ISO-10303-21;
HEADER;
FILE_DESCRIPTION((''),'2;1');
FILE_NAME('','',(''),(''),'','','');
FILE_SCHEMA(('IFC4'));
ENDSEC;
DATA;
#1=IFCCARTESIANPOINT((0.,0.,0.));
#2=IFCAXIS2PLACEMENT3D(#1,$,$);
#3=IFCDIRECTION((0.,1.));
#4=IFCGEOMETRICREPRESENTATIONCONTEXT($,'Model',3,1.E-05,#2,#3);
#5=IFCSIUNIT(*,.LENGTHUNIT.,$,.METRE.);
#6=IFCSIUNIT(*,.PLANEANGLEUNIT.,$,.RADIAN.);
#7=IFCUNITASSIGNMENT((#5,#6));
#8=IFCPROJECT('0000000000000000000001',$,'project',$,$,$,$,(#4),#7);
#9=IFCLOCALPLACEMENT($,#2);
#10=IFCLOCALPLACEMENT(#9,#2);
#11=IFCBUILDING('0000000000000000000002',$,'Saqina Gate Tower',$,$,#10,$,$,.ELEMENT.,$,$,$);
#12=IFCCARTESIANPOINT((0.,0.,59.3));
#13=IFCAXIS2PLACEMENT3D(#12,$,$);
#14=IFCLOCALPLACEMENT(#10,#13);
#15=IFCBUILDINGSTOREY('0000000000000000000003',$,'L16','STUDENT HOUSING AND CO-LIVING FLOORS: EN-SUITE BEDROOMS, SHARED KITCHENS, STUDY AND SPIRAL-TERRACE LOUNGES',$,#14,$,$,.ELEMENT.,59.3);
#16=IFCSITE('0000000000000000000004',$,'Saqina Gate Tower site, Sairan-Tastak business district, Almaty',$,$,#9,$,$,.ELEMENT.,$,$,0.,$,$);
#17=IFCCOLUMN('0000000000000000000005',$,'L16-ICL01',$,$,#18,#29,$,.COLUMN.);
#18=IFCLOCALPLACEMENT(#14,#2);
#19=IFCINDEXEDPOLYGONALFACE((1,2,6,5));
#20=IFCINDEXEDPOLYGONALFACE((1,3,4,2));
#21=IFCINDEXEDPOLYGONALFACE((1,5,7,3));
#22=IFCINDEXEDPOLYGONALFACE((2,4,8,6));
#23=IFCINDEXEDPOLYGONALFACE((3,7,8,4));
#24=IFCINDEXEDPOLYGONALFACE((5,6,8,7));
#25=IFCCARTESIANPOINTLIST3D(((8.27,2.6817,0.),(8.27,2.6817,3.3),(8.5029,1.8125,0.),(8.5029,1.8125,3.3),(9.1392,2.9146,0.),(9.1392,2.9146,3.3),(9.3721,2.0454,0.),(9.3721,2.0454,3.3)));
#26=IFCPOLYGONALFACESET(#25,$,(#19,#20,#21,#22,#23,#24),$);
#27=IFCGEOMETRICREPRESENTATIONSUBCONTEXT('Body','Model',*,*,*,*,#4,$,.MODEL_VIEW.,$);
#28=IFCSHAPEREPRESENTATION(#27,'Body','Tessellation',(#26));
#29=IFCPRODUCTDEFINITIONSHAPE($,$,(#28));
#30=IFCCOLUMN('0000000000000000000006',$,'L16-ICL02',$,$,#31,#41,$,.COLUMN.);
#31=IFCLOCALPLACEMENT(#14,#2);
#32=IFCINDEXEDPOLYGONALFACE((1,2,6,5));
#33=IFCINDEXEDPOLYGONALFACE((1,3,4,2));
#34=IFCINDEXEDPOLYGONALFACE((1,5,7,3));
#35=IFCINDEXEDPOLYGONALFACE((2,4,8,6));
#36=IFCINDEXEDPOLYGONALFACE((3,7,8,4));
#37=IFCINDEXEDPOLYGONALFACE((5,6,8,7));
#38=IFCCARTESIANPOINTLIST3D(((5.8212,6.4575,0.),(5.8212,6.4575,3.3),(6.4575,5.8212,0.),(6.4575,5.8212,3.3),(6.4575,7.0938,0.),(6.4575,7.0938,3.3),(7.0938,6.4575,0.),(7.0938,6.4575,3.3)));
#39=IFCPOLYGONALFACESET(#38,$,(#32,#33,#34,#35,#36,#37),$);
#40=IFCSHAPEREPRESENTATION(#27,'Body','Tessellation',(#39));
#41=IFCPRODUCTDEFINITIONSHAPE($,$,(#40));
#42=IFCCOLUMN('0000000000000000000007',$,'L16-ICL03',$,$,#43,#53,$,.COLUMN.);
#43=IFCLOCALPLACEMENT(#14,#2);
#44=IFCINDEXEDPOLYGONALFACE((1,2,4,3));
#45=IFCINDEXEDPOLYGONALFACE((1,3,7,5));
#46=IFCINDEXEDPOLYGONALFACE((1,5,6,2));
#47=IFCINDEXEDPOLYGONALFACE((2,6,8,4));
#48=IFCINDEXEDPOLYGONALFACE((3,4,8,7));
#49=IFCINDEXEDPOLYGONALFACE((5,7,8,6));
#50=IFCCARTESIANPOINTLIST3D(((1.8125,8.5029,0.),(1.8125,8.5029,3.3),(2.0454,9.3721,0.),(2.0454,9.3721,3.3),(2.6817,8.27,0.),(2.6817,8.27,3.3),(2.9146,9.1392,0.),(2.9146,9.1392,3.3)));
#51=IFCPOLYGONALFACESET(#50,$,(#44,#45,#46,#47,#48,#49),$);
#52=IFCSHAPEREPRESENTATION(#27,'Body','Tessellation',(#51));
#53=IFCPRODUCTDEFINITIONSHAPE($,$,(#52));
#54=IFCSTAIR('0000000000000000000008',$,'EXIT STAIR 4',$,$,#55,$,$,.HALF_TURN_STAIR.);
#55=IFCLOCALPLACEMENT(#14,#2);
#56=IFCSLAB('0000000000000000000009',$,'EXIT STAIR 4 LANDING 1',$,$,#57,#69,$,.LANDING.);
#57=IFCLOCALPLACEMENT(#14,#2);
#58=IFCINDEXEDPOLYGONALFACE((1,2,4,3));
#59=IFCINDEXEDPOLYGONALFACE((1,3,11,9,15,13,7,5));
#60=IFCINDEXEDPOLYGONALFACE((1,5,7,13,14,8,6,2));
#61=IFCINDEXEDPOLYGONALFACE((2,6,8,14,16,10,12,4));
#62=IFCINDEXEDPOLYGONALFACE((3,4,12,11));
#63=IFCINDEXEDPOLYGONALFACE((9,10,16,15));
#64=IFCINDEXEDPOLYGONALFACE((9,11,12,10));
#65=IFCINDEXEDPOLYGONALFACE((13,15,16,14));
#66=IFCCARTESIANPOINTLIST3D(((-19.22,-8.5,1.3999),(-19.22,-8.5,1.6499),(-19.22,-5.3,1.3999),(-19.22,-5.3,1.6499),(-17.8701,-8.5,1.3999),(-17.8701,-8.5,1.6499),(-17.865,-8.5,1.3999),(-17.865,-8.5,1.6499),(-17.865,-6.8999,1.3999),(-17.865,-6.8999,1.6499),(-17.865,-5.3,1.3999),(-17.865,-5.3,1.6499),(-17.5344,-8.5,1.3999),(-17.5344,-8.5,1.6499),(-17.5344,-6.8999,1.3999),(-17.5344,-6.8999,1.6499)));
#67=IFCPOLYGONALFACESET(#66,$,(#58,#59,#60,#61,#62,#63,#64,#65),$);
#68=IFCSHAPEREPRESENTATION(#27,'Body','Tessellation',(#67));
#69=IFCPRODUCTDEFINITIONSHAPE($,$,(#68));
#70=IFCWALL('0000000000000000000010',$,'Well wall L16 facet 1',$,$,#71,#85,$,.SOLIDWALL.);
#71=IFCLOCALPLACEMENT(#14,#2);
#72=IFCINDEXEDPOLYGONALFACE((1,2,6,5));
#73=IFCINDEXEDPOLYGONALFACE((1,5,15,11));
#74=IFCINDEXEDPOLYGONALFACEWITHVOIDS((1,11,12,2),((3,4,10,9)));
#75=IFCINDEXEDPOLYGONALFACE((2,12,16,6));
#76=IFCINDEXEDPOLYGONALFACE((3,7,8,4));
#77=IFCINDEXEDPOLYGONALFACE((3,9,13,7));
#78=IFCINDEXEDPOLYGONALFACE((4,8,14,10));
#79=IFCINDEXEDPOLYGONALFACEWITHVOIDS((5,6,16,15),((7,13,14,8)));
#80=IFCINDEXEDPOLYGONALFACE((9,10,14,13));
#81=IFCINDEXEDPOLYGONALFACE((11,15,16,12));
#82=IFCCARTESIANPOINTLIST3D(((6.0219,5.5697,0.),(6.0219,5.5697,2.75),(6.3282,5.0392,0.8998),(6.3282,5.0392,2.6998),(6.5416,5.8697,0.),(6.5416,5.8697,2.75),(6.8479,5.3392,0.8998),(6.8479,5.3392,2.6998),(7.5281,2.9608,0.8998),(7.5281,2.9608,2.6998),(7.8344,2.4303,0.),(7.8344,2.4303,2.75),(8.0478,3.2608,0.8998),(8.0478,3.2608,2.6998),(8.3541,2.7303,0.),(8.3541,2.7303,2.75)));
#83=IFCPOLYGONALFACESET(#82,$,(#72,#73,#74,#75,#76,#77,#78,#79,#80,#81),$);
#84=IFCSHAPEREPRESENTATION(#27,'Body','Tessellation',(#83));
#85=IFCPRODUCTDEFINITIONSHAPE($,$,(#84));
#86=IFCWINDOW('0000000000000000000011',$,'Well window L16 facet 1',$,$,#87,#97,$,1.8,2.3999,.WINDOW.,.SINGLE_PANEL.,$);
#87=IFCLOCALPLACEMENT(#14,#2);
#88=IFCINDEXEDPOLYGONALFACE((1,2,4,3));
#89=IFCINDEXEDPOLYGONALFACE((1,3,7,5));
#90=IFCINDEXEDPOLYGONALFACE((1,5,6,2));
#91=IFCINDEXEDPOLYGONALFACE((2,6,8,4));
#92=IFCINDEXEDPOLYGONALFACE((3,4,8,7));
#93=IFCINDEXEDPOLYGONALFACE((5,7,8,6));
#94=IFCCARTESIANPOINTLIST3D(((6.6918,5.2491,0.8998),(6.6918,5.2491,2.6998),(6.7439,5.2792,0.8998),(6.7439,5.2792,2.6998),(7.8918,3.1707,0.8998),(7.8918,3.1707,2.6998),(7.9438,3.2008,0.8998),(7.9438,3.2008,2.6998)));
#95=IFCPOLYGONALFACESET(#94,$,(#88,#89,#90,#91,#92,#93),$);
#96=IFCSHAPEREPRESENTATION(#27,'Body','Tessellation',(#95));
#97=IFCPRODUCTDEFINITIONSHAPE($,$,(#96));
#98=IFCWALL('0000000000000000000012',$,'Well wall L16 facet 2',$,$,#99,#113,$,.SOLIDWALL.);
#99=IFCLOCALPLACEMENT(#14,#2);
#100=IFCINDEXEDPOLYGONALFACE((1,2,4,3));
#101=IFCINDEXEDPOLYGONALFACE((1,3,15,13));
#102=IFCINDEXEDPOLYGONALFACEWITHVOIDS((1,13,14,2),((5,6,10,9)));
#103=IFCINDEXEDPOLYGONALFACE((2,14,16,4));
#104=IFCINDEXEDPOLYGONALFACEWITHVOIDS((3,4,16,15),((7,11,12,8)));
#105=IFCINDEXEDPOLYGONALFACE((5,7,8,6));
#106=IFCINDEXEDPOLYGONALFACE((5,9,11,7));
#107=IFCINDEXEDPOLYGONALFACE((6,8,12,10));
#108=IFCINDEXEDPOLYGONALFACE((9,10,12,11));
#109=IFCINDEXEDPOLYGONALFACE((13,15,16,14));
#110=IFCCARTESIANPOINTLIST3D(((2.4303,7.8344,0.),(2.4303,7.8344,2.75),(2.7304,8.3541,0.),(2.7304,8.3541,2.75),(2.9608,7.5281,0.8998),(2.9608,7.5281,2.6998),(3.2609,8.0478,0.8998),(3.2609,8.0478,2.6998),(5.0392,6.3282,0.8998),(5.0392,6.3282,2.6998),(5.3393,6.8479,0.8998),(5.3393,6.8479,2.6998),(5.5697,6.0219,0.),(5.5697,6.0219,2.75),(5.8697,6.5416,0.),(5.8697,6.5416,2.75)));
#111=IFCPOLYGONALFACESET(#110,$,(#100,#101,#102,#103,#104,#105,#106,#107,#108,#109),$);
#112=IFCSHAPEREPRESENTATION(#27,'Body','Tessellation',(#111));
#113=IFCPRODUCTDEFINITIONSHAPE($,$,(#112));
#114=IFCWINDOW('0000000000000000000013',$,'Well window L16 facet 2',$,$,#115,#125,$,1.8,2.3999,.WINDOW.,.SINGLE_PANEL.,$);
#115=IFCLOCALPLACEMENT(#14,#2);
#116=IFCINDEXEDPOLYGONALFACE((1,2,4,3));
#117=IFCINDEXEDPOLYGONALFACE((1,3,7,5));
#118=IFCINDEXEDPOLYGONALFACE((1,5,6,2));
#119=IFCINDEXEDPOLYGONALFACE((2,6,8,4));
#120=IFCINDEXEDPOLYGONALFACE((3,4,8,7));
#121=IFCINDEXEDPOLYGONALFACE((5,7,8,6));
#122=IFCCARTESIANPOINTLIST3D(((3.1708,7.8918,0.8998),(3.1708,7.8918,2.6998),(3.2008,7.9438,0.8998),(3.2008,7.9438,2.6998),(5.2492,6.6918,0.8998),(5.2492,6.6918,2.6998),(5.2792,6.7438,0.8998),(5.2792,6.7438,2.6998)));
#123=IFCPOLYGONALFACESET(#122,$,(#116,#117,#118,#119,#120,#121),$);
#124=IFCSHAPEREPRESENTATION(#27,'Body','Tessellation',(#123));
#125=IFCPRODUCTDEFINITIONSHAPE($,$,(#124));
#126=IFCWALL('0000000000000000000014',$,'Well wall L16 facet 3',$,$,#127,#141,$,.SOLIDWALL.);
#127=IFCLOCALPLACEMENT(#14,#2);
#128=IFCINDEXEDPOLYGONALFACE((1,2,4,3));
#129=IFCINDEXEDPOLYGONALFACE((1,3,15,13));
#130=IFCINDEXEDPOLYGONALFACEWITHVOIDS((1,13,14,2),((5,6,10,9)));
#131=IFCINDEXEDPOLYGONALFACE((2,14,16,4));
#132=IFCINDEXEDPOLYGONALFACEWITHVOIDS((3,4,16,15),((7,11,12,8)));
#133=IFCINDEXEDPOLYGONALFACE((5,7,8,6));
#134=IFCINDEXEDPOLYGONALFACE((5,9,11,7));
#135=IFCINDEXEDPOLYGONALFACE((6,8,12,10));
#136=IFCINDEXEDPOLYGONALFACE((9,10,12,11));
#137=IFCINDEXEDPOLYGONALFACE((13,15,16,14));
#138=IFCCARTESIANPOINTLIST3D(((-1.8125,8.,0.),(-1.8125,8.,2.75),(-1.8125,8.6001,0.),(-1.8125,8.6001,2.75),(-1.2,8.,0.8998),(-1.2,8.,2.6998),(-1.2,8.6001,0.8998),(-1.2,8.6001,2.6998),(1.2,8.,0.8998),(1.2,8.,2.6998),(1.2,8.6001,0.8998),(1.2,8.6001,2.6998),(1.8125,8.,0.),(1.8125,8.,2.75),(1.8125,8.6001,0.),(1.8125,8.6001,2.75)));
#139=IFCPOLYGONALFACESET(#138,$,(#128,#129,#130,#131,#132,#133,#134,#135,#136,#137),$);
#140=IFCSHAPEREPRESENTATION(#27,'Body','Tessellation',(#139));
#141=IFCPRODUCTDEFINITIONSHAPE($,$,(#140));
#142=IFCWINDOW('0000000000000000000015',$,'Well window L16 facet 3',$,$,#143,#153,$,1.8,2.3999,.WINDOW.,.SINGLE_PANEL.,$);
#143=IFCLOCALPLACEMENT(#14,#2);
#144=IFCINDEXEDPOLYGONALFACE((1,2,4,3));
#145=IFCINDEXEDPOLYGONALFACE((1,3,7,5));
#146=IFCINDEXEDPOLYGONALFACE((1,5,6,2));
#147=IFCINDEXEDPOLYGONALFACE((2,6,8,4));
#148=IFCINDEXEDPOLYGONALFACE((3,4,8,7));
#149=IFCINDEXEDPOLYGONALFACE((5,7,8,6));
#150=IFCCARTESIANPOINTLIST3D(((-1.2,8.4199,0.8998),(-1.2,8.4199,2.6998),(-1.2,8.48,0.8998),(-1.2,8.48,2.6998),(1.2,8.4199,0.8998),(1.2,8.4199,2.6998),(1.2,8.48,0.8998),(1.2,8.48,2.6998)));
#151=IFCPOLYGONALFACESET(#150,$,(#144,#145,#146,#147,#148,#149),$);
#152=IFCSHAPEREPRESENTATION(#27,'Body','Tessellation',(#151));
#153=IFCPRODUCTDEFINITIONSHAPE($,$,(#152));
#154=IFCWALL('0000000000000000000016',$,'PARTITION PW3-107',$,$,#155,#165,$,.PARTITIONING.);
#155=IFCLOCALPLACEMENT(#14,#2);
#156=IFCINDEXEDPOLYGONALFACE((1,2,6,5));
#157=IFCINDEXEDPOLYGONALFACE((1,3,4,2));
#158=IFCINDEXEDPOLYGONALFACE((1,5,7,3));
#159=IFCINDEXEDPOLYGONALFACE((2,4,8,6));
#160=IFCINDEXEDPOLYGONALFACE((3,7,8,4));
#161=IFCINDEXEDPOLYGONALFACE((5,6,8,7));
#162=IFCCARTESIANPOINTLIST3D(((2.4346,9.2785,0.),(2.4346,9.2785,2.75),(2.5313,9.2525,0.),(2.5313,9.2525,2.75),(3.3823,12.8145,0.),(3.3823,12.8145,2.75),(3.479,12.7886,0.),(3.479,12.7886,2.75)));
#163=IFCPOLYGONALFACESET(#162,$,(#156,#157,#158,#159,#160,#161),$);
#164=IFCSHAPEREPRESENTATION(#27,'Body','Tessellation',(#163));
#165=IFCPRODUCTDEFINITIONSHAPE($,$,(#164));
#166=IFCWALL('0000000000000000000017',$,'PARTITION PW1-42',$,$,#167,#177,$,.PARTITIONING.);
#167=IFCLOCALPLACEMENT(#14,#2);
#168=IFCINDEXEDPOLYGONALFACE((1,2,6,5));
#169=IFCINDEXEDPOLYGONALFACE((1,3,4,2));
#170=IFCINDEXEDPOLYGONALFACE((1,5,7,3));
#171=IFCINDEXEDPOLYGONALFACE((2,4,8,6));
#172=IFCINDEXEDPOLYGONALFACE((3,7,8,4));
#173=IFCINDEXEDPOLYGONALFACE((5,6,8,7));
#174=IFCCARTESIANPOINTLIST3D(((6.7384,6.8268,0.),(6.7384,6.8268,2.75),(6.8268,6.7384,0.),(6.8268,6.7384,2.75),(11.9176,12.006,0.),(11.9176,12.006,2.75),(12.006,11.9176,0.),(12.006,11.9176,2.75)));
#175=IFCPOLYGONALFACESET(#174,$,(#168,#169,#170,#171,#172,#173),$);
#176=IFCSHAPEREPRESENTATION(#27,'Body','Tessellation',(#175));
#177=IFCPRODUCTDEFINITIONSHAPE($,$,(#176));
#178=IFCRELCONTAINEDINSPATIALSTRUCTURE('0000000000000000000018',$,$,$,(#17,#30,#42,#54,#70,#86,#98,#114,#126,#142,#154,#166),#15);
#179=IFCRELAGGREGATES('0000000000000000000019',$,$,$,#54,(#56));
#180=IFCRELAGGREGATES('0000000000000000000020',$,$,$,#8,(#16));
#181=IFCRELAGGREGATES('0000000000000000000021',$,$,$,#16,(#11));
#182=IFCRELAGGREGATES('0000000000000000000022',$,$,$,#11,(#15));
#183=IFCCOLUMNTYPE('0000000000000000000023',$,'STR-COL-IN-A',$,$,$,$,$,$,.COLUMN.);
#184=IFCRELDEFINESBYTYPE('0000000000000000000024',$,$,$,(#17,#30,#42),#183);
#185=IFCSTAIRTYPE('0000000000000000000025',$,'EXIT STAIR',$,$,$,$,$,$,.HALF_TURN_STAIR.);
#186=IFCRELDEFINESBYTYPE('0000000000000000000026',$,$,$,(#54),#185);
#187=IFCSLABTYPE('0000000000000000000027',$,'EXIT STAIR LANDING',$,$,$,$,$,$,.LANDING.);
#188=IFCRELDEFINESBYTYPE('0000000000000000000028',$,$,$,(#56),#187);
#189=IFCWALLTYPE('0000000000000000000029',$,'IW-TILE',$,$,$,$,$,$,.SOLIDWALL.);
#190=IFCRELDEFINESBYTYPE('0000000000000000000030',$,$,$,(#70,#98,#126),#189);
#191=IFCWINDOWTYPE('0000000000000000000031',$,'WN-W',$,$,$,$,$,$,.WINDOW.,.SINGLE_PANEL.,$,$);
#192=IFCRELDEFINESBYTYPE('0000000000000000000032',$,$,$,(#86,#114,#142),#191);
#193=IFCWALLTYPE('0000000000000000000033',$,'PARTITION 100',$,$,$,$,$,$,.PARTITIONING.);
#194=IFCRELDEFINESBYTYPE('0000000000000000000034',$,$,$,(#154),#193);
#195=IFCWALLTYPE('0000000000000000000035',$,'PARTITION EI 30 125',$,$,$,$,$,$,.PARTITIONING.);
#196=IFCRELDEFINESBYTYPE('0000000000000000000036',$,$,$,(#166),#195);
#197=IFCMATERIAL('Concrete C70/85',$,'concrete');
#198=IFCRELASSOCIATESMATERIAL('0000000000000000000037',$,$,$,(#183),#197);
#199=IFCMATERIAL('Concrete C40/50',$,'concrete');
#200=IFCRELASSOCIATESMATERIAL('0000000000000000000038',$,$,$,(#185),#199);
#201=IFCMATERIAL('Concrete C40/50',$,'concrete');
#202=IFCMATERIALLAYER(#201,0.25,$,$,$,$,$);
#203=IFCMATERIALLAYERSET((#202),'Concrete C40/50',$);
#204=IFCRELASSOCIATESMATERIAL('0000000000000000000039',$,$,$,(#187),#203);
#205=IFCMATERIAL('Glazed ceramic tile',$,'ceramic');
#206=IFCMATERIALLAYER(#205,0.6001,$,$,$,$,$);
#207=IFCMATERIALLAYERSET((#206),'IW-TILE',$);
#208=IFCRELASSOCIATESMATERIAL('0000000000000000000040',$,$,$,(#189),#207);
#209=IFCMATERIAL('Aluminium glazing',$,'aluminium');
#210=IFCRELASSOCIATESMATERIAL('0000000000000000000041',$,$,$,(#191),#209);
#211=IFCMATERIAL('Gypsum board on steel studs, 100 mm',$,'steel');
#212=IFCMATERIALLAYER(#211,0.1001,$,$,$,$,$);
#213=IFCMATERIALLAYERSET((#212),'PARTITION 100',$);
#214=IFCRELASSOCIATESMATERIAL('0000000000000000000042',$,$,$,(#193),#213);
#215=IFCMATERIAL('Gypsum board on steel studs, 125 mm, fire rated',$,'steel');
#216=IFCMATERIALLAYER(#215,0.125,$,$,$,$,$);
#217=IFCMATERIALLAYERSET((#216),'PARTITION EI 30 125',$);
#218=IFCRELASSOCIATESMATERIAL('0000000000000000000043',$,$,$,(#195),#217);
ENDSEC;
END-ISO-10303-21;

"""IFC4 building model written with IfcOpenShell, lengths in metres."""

from ifc_helpers import new_model, si_unit, direction, frame, frame_2d, origin, origin_2d, place, context, subcontext, project, spatial, polyline, rectangle, outline, extrude, material, layer, layer_set, material_profile, profile_set, type_object, element, fill, aggregate, save


model = new_model("IFC4")

# Units and contexts
model_context = context("Model", 3, precision=1e-05, world=origin(), true_north=direction((0.0, 1.0)))
body_context = subcontext(model_context, "Body", "Model", "MODEL_VIEW")
ifc_project = project(units=[si_unit("LENGTHUNIT", "METRE"), si_unit("PLANEANGLEUNIT", "RADIAN")], contexts=[model_context])

# Site, building, storey
site_placement = place(None, origin())
site = spatial("IfcSite", under=ifc_project, at=site_placement, Name="Saqina Gate Tower site, Sairan-Tastak business district, Almaty", CompositionType="ELEMENT", RefElevation=0.0)
building_placement = place(site_placement, origin())
building = spatial("IfcBuilding", under=site, at=building_placement, Name="Saqina Gate Tower", CompositionType="ELEMENT")
storey_placement = place(building_placement, frame((0.0, 0.0, 59.3)))
storey = spatial("IfcBuildingStorey", under=building, at=storey_placement, Name="L16", Description="STUDENT HOUSING AND CO-LIVING FLOORS: EN-SUITE BEDROOMS, SHARED KITCHENS, STUDY AND SPIRAL-TERRACE LOUNGES", CompositionType="ELEMENT", Elevation=59.3)

# Columns
ifc_material_1 = material(Name="Concrete C70/85", Category="concrete")
ifc_material_profile = material_profile(ifc_material_1, rectangle(XDim=0.8999, YDim=0.8999, at=origin_2d()), Name="RC 900x900")
ifc_profile_set = profile_set([ifc_material_profile], Name="Concrete C70/85")
column_type = type_object("IfcColumnType", Name="STR-COL-IN-A", PredefinedType="COLUMN", material=ifc_profile_set)
for number, where, z_axis, x_axis, name in (
    (1, (8.821, 2.3635, 0.0), (0.0, 0.0, 1.0), (0.965926, 0.258819, 0.0), "L16-ICL01"),
    (2, (6.4575, 6.4575, 0.0), (0.0, 0.0, 1.0), (0.707107, 0.707107, 0.0), "L16-ICL02"),
    (3, (2.3635, 8.821, 0.0), (0.0, 0.0, 1.0), (0.258819, 0.965926, 0.0), "L16-ICL03"),
):
    element("IfcColumn", number, at=place(storey_placement, frame(where, z_axis=z_axis, x_axis=x_axis)), inside=storey, type_object=column_type, Name=name, PredefinedType="COLUMN", context=body_context, shape_type="SweptSolid", body=[
        extrude(rectangle(XDim=0.8999, YDim=0.8999, at=origin_2d()), origin(), (0.0, 0.0, 1.0), 3.3),
    ])

# Stair, slab
ifc_material_2 = material(Name="Concrete C40/50", Category="concrete")
stair_type = type_object("IfcStairType", Name="EXIT STAIR", PredefinedType="HALF_TURN_STAIR", material=ifc_material_2)
stair_placement = place(storey_placement, origin())
stair = element("IfcStair", 4, at=stair_placement, inside=storey, type_object=stair_type, Name="EXIT STAIR 4", PredefinedType="HALF_TURN_STAIR")
ifc_material_3 = material(Name="Concrete C40/50", Category="concrete")
ifc_layer_1 = layer(ifc_material_3, 0.25)
ifc_layer_set_1 = layer_set([ifc_layer_1], Name="Concrete C40/50")
slab_type = type_object("IfcSlabType", Name="EXIT STAIR LANDING", PredefinedType="LANDING", material=ifc_layer_set_1)
slab_placement = place(storey_placement, frame((0.0, 0.0, 1.3999)))
slab = element("IfcSlab", 5, at=slab_placement, type_object=slab_type, Name="EXIT STAIR 4 LANDING 1", PredefinedType="LANDING", context=body_context, shape_type="SweptSolid", body=[
    extrude(outline(polyline([(-17.5344, -6.8999), (-17.5344, -8.5), (-17.865, -8.5), (-17.8701, -8.5), (-19.22, -8.5), (-19.22, -5.3), (-17.865, -5.3), (-17.865, -6.8999), (-17.5344, -6.8999)])), origin(), (0.0, 0.0, 1.0), 0.25),
])
aggregate(stair, [slab])

# Walls, openings, windows
ifc_material_4 = material(Name="Glazed ceramic tile", Category="ceramic")
ifc_layer_2 = layer(ifc_material_4, 0.6001)
ifc_layer_set_2 = layer_set([ifc_layer_2], Name="IW-TILE")
wall_type_1 = type_object("IfcWallType", Name="IW-TILE", PredefinedType="SOLIDWALL", material=ifc_layer_set_2)
wall_1_placement = place(storey_placement, frame((8.0942, 2.5803, 0.0), z_axis=(0.0, 0.0, 1.0), x_axis=(-0.499993, 0.86603, 0.0)))
wall_1 = element("IfcWall", 6, at=wall_1_placement, inside=storey, type_object=wall_type_1, Name="Well wall L16 facet 1", PredefinedType="SOLIDWALL", context=body_context, shape_type="SweptSolid", body=[
    extrude(rectangle(XDim=3.625, YDim=0.6001, at=frame_2d((1.8125, 0.0))), origin(), (0.0, 0.0, 1.0), 2.75),
])
opening_1_placement = place(wall_1_placement, frame((0.6125, 0.0, 0.8999)))
opening_1 = element("IfcOpeningElement", 7, at=opening_1_placement, cuts=wall_1, PredefinedType="OPENING", context=body_context, shape_type="SweptSolid", body=[
    extrude(rectangle(XDim=2.3999, YDim=1.8, at=frame_2d((1.2, 0.8999))), frame((0.0, 0.312, 0.0), z_axis=(0.0, -1.0, 0.0), x_axis=(1.0, 0.0, 0.0)), (0.0, 0.0, 1.0), 0.624),
])
ifc_material_5 = material(Name="Aluminium glazing", Category="aluminium")
window_type = type_object("IfcWindowType", Name="WN-W", PartitioningType="SINGLE_PANEL", PredefinedType="WINDOW", material=ifc_material_5)
window_1_placement = place(opening_1_placement, origin())
window_1 = element("IfcWindow", 8, at=window_1_placement, inside=storey, type_object=window_type, Name="Well window L16 facet 1", OverallHeight=1.8, OverallWidth=2.3999, PartitioningType="SINGLE_PANEL", PredefinedType="WINDOW", context=body_context, shape_type="SweptSolid", body=[
    extrude(rectangle(XDim=2.3999, YDim=1.8, at=frame_2d((1.2, 0.8999))), frame((0.0, -0.1199, 0.0), z_axis=(0.0, -1.0, 0.0), x_axis=(1.0, 0.0, 0.0)), (0.0, 0.0, 1.0), 0.0601),
])
fill(opening_1, window_1)
wall_2_placement = place(storey_placement, frame((5.7197, 6.2817, 0.0), z_axis=(0.0, 0.0, 1.0), x_axis=(-0.86603, 0.499993, 0.0)))
wall_2 = element("IfcWall", 9, at=wall_2_placement, inside=storey, type_object=wall_type_1, Name="Well wall L16 facet 2", PredefinedType="SOLIDWALL", context=body_context, shape_type="SweptSolid", body=[
    extrude(rectangle(XDim=3.625, YDim=0.6001, at=frame_2d((1.8125, 0.0))), origin(), (0.0, 0.0, 1.0), 2.75),
])
opening_2_placement = place(wall_2_placement, frame((0.6125, 0.0, 0.8999)))
opening_2 = element("IfcOpeningElement", 10, at=opening_2_placement, cuts=wall_2, PredefinedType="OPENING", context=body_context, shape_type="SweptSolid", body=[
    extrude(rectangle(XDim=2.3999, YDim=1.8, at=frame_2d((1.2, 0.8999))), frame((0.0, 0.312, 0.0), z_axis=(0.0, -1.0, 0.0), x_axis=(1.0, 0.0, 0.0)), (0.0, 0.0, 1.0), 0.624),
])
window_2_placement = place(opening_2_placement, origin())
window_2 = element("IfcWindow", 11, at=window_2_placement, inside=storey, type_object=window_type, Name="Well window L16 facet 2", OverallHeight=1.8, OverallWidth=2.3999, PartitioningType="SINGLE_PANEL", PredefinedType="WINDOW", context=body_context, shape_type="SweptSolid", body=[
    extrude(rectangle(XDim=2.3999, YDim=1.8, at=frame_2d((1.2, 0.8999))), frame((0.0, -0.1199, 0.0), z_axis=(0.0, -1.0, 0.0), x_axis=(1.0, 0.0, 0.0)), (0.0, 0.0, 1.0), 0.0601),
])
fill(opening_2, window_2)
wall_3_placement = place(storey_placement, frame((1.8125, 8.3, 0.0), z_axis=(0.0, 0.0, 1.0), x_axis=(-1.0, 0.0, 0.0)))
wall_3 = element("IfcWall", 12, at=wall_3_placement, inside=storey, type_object=wall_type_1, Name="Well wall L16 facet 3", PredefinedType="SOLIDWALL", context=body_context, shape_type="SweptSolid", body=[
    extrude(rectangle(XDim=3.625, YDim=0.6001, at=frame_2d((1.8125, 0.0))), origin(), (0.0, 0.0, 1.0), 2.75),
])
opening_3_placement = place(wall_3_placement, frame((0.6125, 0.0, 0.8999)))
opening_3 = element("IfcOpeningElement", 13, at=opening_3_placement, cuts=wall_3, PredefinedType="OPENING", context=body_context, shape_type="SweptSolid", body=[
    extrude(rectangle(XDim=2.3999, YDim=1.8, at=frame_2d((1.2, 0.8999))), frame((0.0, 0.312, 0.0), z_axis=(0.0, -1.0, 0.0), x_axis=(1.0, 0.0, 0.0)), (0.0, 0.0, 1.0), 0.624),
])
window_3_placement = place(opening_3_placement, origin())
window_3 = element("IfcWindow", 14, at=window_3_placement, inside=storey, type_object=window_type, Name="Well window L16 facet 3", OverallHeight=1.8, OverallWidth=2.3999, PartitioningType="SINGLE_PANEL", PredefinedType="WINDOW", context=body_context, shape_type="SweptSolid", body=[
    extrude(rectangle(XDim=2.3999, YDim=1.8, at=frame_2d((1.2, 0.8999))), frame((0.0, -0.1199, 0.0), z_axis=(0.0, -1.0, 0.0), x_axis=(1.0, 0.0, 0.0)), (0.0, 0.0, 1.0), 0.0601),
])
fill(opening_3, window_3)

# Walls
ifc_material_6 = material(Name="Gypsum board on steel studs, 100 mm", Category="steel")
ifc_layer_3 = layer(ifc_material_6, 0.1001)
ifc_layer_set_3 = layer_set([ifc_layer_3], Name="PARTITION 100")
wall_type_2 = type_object("IfcWallType", Name="PARTITION 100", PredefinedType="PARTITIONING", material=ifc_layer_set_3)
wall_4_placement = place(storey_placement, frame((2.4829, 9.2654, 0.0), z_axis=(0.0, 0.0, 1.0), x_axis=(0.258883, 0.965909, 0.0)))
element("IfcWall", 15, at=wall_4_placement, inside=storey, type_object=wall_type_2, Name="PARTITION PW3-107", PredefinedType="PARTITIONING", context=body_context, shape_type="SweptSolid", body=[
    extrude(rectangle(XDim=3.6609, YDim=0.1001, at=frame_2d((1.8306, 0.0))), origin(), (0.0, 0.0, 1.0), 2.75),
])
ifc_material_7 = material(Name="Gypsum board on steel studs, 125 mm, fire rated", Category="steel")
ifc_layer_4 = layer(ifc_material_7, 0.125)
ifc_layer_set_4 = layer_set([ifc_layer_4], Name="PARTITION EI 30 125")
wall_type_3 = type_object("IfcWallType", Name="PARTITION EI 30 125", PredefinedType="PARTITIONING", material=ifc_layer_set_4)
wall_5_placement = place(storey_placement, frame((6.7827, 6.7827, 0.0), z_axis=(0.0, 0.0, 1.0), x_axis=(0.707107, 0.707107, 0.0)))
element("IfcWall", 16, at=wall_5_placement, inside=storey, type_object=wall_type_3, Name="PARTITION PW1-42", PredefinedType="PARTITIONING", context=body_context, shape_type="SweptSolid", body=[
    extrude(rectangle(XDim=7.3245, YDim=0.125, at=frame_2d((3.6621, 0.0))), origin(), (0.0, 0.0, 1.0), 2.75),
])

save(model, "model.ifc")
